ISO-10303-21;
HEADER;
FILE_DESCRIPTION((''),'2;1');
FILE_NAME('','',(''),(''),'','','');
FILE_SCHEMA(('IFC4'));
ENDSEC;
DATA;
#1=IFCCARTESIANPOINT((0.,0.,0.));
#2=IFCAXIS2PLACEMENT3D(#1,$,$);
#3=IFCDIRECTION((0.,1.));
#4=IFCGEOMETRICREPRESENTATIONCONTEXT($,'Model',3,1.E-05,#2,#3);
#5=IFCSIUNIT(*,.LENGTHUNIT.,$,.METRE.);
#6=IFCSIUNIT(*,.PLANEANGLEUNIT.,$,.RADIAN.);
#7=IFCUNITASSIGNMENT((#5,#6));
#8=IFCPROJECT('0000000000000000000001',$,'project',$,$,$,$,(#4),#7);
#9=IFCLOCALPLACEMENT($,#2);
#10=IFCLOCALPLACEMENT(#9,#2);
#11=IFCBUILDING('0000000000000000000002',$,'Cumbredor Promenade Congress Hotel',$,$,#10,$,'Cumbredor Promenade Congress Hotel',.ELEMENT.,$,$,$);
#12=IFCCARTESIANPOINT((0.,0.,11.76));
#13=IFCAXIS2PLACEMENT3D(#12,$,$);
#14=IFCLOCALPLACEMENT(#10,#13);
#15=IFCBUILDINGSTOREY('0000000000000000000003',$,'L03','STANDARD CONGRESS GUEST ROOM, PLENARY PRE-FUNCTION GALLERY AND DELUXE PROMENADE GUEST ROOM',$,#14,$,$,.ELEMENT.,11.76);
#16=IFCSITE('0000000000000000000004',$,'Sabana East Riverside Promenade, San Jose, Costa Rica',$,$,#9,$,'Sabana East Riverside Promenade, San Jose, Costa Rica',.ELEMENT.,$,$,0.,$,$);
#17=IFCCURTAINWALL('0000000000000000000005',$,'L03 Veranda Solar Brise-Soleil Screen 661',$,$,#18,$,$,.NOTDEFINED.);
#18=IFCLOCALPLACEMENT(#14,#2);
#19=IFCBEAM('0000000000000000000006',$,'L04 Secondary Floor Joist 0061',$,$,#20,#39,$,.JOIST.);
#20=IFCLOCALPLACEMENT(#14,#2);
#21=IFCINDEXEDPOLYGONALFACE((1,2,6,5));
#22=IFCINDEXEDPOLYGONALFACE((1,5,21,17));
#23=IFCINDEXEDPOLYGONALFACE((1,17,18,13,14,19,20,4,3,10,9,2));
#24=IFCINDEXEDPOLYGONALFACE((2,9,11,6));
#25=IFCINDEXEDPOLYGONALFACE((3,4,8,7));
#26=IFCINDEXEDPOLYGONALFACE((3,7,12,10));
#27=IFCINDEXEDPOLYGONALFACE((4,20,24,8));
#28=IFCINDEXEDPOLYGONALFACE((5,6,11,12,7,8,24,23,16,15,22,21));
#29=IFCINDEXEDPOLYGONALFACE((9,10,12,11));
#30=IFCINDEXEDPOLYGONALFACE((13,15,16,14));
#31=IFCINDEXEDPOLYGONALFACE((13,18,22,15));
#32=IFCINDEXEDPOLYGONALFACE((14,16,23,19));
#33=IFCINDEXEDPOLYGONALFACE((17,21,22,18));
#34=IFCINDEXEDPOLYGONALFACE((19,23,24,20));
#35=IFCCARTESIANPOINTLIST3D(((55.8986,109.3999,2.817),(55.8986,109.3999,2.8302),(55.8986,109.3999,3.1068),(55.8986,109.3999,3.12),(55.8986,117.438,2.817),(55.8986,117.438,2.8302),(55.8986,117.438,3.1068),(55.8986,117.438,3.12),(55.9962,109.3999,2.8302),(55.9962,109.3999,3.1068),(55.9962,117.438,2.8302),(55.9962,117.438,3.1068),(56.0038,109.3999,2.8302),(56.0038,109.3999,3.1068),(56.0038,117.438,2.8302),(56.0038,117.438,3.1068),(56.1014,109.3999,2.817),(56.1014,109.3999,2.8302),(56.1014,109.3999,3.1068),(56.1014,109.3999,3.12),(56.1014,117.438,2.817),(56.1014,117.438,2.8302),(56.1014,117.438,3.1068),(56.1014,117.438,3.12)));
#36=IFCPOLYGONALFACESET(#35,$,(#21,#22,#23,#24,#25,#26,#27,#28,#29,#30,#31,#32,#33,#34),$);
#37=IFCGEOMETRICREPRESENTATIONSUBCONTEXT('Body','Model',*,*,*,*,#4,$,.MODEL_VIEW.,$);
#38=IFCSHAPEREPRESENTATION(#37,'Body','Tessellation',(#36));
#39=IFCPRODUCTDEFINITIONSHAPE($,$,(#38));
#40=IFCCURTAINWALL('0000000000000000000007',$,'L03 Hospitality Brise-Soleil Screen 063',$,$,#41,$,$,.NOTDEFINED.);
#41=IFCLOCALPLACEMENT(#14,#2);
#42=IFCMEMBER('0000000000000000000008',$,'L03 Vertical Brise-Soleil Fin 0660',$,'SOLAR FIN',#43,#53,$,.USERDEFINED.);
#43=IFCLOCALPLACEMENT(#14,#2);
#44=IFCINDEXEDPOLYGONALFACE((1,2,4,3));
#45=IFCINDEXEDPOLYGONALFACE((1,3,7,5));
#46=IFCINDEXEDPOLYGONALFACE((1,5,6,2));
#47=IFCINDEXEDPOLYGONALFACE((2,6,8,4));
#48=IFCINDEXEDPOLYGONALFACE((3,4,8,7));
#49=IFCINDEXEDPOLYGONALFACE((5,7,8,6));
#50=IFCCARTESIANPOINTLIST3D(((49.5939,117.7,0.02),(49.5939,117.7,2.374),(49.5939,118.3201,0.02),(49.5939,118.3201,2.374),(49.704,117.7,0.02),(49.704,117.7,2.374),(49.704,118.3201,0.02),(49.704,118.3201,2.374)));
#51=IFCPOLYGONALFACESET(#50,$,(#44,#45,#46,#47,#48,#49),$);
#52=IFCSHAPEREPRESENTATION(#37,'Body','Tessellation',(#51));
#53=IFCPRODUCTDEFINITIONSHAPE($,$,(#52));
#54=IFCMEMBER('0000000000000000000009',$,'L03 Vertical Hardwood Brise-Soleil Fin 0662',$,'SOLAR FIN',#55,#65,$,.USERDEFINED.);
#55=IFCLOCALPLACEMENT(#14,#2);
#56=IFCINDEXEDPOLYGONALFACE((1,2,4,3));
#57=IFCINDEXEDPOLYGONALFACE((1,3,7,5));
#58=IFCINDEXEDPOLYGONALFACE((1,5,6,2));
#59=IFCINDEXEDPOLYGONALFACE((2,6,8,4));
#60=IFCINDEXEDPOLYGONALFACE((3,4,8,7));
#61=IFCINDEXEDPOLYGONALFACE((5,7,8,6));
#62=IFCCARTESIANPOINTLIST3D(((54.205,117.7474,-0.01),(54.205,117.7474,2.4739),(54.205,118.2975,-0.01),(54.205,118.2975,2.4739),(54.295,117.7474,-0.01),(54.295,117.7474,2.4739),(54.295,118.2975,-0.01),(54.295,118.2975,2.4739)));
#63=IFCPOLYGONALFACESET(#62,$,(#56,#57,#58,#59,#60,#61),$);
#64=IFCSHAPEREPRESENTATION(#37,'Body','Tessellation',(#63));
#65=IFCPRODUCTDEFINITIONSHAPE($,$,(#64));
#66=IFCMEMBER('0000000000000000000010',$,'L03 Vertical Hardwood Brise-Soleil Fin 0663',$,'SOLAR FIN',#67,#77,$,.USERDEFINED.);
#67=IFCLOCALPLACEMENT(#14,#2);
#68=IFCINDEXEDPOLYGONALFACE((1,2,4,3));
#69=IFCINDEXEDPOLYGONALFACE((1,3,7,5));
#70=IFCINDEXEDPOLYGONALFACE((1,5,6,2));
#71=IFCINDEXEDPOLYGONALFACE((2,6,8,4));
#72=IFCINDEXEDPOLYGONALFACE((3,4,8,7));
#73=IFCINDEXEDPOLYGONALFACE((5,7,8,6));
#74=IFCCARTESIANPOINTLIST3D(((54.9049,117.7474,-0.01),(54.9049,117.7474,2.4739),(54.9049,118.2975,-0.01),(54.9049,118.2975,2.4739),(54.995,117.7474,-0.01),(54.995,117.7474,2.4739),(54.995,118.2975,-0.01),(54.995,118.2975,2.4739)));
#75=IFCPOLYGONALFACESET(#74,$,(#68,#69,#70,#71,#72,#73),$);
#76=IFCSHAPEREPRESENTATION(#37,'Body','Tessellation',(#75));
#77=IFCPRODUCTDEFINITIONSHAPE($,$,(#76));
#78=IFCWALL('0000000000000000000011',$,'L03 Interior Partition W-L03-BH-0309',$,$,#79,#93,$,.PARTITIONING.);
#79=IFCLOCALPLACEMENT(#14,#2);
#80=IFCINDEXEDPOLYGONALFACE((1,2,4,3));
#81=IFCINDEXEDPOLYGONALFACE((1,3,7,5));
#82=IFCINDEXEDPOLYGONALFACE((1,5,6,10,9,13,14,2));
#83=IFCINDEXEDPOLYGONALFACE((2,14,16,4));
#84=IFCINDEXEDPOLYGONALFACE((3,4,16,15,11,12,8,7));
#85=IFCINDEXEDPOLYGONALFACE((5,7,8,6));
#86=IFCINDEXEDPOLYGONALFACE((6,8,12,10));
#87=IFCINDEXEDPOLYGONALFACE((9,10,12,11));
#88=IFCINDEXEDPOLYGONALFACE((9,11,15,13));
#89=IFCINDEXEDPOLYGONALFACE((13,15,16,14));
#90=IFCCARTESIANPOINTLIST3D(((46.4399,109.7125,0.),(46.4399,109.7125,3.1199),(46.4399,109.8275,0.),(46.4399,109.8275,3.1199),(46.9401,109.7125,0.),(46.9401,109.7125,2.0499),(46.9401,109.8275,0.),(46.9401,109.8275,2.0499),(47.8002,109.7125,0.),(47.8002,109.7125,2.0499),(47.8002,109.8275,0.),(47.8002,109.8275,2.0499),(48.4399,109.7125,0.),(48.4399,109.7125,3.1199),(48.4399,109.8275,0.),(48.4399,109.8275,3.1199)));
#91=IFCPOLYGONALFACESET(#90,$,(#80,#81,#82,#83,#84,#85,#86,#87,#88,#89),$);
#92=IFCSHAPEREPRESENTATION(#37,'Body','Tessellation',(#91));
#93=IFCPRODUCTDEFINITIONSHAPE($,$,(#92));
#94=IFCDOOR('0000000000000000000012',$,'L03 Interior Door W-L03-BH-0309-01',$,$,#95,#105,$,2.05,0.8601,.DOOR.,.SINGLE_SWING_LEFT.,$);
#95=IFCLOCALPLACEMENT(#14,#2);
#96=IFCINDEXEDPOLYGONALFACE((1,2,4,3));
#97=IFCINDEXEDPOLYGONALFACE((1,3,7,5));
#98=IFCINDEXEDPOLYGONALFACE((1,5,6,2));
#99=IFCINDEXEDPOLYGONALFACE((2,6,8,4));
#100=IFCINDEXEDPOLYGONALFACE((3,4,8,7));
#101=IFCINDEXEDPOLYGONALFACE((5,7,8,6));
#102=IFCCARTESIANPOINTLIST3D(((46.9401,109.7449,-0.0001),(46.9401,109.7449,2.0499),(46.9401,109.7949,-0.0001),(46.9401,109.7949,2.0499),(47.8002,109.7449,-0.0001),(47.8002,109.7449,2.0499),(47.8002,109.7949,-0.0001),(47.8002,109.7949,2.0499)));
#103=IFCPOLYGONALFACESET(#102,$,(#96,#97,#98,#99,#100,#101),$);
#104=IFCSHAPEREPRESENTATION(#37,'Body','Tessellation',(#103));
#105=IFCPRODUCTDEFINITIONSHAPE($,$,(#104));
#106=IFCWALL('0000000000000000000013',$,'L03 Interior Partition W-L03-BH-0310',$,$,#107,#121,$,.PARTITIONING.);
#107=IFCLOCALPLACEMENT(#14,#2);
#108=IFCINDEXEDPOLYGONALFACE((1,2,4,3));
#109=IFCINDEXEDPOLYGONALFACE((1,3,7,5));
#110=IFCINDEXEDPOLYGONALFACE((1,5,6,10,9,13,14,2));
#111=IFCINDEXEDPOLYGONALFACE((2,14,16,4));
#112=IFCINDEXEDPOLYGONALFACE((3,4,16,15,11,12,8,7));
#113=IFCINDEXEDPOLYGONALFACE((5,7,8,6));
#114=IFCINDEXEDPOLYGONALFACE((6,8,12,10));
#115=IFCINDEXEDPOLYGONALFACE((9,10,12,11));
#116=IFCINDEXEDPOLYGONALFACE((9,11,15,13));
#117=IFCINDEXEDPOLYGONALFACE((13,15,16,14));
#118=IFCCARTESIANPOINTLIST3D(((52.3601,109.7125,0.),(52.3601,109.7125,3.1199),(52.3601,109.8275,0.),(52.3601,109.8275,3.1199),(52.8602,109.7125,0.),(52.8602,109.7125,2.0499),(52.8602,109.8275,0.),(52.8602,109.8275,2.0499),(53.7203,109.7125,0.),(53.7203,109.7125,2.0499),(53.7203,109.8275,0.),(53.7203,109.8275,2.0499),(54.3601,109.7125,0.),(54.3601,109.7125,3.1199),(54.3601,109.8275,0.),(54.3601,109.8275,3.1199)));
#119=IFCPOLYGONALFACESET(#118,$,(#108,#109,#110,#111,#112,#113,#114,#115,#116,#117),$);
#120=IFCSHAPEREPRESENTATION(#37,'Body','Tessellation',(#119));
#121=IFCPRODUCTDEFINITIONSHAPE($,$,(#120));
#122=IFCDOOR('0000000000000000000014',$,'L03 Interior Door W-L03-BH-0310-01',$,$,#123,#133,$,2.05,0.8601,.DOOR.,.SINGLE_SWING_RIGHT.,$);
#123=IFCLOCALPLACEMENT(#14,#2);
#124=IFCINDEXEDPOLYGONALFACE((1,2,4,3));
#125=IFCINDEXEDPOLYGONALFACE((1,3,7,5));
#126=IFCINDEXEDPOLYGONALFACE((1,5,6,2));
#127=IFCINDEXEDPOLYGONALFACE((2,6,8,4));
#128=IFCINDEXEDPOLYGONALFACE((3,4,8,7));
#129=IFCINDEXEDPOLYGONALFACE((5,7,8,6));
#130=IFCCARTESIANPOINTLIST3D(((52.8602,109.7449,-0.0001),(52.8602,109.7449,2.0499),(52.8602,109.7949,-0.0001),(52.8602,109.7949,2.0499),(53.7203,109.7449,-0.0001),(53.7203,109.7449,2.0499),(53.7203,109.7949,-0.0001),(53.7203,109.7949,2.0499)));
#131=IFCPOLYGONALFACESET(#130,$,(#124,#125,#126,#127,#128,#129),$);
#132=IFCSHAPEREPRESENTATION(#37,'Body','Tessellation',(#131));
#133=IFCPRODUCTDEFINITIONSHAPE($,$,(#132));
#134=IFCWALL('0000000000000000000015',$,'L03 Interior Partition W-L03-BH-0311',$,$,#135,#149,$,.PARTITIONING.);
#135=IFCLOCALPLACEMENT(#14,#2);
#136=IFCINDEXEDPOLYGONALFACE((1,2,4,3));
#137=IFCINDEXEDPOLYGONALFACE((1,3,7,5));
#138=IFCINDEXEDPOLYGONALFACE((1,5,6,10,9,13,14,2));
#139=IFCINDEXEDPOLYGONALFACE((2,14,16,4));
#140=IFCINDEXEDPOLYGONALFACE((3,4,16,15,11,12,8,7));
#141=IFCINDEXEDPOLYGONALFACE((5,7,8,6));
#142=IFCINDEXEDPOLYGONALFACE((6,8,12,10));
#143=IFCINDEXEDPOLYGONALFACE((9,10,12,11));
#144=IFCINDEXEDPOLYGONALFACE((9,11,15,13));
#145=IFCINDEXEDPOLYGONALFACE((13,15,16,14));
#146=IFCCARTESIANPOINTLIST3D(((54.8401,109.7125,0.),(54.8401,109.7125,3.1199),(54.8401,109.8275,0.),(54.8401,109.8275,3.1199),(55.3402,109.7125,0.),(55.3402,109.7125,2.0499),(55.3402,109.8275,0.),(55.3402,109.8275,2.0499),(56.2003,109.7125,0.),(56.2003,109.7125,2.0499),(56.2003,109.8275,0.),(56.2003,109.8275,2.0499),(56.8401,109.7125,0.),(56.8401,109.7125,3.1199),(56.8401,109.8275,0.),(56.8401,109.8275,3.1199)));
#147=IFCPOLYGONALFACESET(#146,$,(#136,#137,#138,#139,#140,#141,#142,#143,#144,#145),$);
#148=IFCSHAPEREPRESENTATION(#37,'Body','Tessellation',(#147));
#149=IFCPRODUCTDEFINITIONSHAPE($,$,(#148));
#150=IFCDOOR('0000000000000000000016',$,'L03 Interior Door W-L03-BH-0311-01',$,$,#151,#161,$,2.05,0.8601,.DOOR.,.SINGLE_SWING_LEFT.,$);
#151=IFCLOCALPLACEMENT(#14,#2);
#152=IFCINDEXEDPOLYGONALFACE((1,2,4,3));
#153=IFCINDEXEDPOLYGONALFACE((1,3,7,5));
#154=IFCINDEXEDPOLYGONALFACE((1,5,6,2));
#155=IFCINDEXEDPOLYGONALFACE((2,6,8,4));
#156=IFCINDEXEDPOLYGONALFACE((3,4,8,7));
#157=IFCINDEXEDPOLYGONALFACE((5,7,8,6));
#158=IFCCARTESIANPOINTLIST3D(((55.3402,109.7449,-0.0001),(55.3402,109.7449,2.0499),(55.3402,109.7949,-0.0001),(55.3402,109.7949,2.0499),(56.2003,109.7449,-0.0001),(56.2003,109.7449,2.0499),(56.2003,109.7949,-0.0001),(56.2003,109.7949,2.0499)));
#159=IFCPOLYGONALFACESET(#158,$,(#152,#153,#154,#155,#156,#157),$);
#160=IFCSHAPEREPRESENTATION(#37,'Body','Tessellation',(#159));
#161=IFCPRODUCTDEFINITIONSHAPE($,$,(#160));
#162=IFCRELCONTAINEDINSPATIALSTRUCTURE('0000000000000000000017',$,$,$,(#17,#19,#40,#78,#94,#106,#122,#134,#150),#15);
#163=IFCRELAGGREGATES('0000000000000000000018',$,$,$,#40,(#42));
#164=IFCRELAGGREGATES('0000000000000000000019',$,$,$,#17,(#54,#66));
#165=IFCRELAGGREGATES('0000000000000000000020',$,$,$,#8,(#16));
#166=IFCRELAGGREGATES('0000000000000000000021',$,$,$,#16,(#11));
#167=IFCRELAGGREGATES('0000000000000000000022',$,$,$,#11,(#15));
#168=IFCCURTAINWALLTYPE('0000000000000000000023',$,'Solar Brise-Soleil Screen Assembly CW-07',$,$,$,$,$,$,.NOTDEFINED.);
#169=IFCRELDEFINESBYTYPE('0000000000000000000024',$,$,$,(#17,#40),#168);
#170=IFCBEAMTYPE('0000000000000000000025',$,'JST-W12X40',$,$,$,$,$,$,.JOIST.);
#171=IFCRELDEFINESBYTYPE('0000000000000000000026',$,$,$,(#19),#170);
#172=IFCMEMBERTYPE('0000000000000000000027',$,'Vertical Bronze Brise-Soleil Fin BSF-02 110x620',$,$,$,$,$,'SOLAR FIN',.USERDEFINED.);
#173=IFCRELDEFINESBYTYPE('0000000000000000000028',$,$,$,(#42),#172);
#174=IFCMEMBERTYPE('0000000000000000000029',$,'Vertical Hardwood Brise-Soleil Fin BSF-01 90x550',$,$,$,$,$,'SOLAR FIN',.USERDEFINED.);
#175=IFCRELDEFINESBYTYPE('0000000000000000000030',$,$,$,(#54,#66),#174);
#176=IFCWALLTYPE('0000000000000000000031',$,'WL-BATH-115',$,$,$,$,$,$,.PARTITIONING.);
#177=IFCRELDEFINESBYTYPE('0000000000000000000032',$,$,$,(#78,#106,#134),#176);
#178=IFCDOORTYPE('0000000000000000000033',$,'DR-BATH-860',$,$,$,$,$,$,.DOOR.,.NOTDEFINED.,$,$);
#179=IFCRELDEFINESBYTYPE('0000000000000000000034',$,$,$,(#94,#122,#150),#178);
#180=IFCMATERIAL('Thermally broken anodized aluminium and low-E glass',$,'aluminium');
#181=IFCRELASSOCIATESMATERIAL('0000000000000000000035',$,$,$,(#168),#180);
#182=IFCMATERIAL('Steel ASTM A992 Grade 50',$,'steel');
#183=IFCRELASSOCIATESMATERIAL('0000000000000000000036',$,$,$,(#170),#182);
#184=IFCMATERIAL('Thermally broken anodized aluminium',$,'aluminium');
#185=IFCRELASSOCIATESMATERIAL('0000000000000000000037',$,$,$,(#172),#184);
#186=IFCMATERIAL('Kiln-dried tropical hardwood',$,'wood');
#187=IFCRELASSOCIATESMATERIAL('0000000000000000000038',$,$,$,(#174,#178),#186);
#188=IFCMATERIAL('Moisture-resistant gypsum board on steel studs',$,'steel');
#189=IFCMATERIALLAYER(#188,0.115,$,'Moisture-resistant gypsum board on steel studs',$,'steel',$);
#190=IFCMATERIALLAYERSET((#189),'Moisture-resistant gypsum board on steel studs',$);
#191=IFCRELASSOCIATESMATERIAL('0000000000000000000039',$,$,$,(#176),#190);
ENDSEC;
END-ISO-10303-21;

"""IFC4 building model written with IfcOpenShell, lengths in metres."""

from ifc_helpers import new_model, si_unit, direction, frame, frame_2d, origin, origin_2d, place, context, subcontext, project, spatial, rectangle, i_section, extrude, material, layer, layer_set, material_profile, profile_set, type_object, element, fill, aggregate, save


model = new_model("IFC4")

# Units and contexts
model_context = context("Model", 3, precision=1e-05, world=origin(), true_north=direction((0.0, 1.0)))
body_context = subcontext(model_context, "Body", "Model", "MODEL_VIEW")
ifc_project = project(units=[si_unit("LENGTHUNIT", "METRE"), si_unit("PLANEANGLEUNIT", "RADIAN")], contexts=[model_context])

# Site, building, storey
site_placement = place(None, origin())
site = spatial("IfcSite", under=ifc_project, at=site_placement, Name="Sabana East Riverside Promenade, San Jose, Costa Rica", LongName="Sabana East Riverside Promenade, San Jose, Costa Rica", CompositionType="ELEMENT", RefElevation=0.0)
building_placement = place(site_placement, origin())
building = spatial("IfcBuilding", under=site, at=building_placement, Name="Cumbredor Promenade Congress Hotel", LongName="Cumbredor Promenade Congress Hotel", CompositionType="ELEMENT")
storey_placement = place(building_placement, frame((0.0, 0.0, 11.76)))
storey = spatial("IfcBuildingStorey", under=building, at=storey_placement, Name="L03", Description="STANDARD CONGRESS GUEST ROOM, PLENARY PRE-FUNCTION GALLERY AND DELUXE PROMENADE GUEST ROOM", CompositionType="ELEMENT", Elevation=11.76)

# Shared definitions
ifc_material_1 = material(Name="Steel ASTM A992 Grade 50", Category="steel")

# Curtain wall
ifc_material_2 = material(Name="Thermally broken anodized aluminium and low-E glass", Category="aluminium")
curtain_wall_type = type_object("IfcCurtainWallType", Name="Solar Brise-Soleil Screen Assembly CW-07", PredefinedType="NOTDEFINED", material=ifc_material_2)
curtain_wall_1_placement = place(storey_placement, origin())
curtain_wall_1 = element("IfcCurtainWall", 1, at=curtain_wall_1_placement, inside=storey, type_object=curtain_wall_type, Name="L03 Veranda Solar Brise-Soleil Screen 661", PredefinedType="NOTDEFINED")
ifc_material_3 = material(Name="Thermally broken anodized aluminium", Category="aluminium")

# Beam
ifc_material_profile_1 = material_profile(ifc_material_1, i_section(OverallWidth=0.2029, OverallDepth=0.303, WebThickness=0.0076, FlangeThickness=0.0132, at=origin_2d()), Name="W12X40")
ifc_profile_set_1 = profile_set([ifc_material_profile_1], Name="Steel ASTM A992 Grade 50")
beam_type_1 = type_object("IfcBeamType", Name="JST-W12X40", PredefinedType="JOIST", material=ifc_profile_set_1)
for number, where, z_axis, x_axis, name in (
    (2, (56.0, 109.3999, 2.9685), (0.0, 1.0, 0.0), (-1.0, 0.0, 0.0), "L04 Secondary Floor Joist 0061"),
):
    element("IfcBeam", number, at=place(storey_placement, frame(where, z_axis=z_axis, x_axis=x_axis)), inside=storey, type_object=beam_type_1, Name=name, PredefinedType="JOIST", context=body_context, shape_type="SweptSolid", body=[
        extrude(i_section(OverallWidth=0.2029, OverallDepth=0.303, WebThickness=0.0076, FlangeThickness=0.0132, at=origin_2d()), origin(), (0.0, 0.0, 1.0), 8.0381),
    ])

# Curtain wall, member
curtain_wall_2_placement = place(storey_placement, origin())
curtain_wall_2 = element("IfcCurtainWall", 3, at=curtain_wall_2_placement, inside=storey, type_object=curtain_wall_type, Name="L03 Hospitality Brise-Soleil Screen 063", PredefinedType="NOTDEFINED")
ifc_material_profile_2 = material_profile(ifc_material_3, rectangle(XDim=0.1101, YDim=0.6201, at=origin_2d()), Name="ARCH FIN 110x620")
ifc_profile_set_2 = profile_set([ifc_material_profile_2], Name="Thermally broken anodized aluminium")
member_type_1 = type_object("IfcMemberType", Name="Vertical Bronze Brise-Soleil Fin BSF-02 110x620", ElementType="SOLAR FIN", PredefinedType="USERDEFINED", material=ifc_profile_set_2)
member_1_placement = place(storey_placement, frame((49.6489, 118.01, 0.02), z_axis=(0.0, 0.0, 1.0), x_axis=(1.0, 0.0, 0.0)))
member_1 = element("IfcMember", 4, at=member_1_placement, type_object=member_type_1, Name="L03 Vertical Brise-Soleil Fin 0660", ObjectType="SOLAR FIN", PredefinedType="USERDEFINED", context=body_context, shape_type="SweptSolid", body=[
    extrude(rectangle(XDim=0.1101, YDim=0.6201, at=origin_2d()), origin(), (0.0, 0.0, 1.0), 2.354),
])
aggregate(curtain_wall_2, [member_1])

# Members
ifc_material_4 = material(Name="Kiln-dried tropical hardwood", Category="wood")
ifc_material_profile_3 = material_profile(ifc_material_4, rectangle(XDim=0.0901, YDim=0.55, at=origin_2d()), Name="ARCH FIN 90x550")
ifc_profile_set_3 = profile_set([ifc_material_profile_3], Name="Kiln-dried tropical hardwood")
member_type_2 = type_object("IfcMemberType", Name="Vertical Hardwood Brise-Soleil Fin BSF-01 90x550", ElementType="SOLAR FIN", PredefinedType="USERDEFINED", material=ifc_profile_set_3)
member_2_placement = place(storey_placement, frame((54.25, 118.0225, -0.01), z_axis=(0.0, 0.0, 1.0), x_axis=(1.0, 0.0, 0.0)))
member_2 = element("IfcMember", 5, at=member_2_placement, type_object=member_type_2, Name="L03 Vertical Hardwood Brise-Soleil Fin 0662", ObjectType="SOLAR FIN", PredefinedType="USERDEFINED", context=body_context, shape_type="SweptSolid", body=[
    extrude(rectangle(XDim=0.0901, YDim=0.55, at=origin_2d()), origin(), (0.0, 0.0, 1.0), 2.4839),
])
member_3_placement = place(storey_placement, frame((54.95, 118.0225, -0.01), z_axis=(0.0, 0.0, 1.0), x_axis=(1.0, 0.0, 0.0)))
member_3 = element("IfcMember", 6, at=member_3_placement, type_object=member_type_2, Name="L03 Vertical Hardwood Brise-Soleil Fin 0663", ObjectType="SOLAR FIN", PredefinedType="USERDEFINED", context=body_context, shape_type="SweptSolid", body=[
    extrude(rectangle(XDim=0.0901, YDim=0.55, at=origin_2d()), origin(), (0.0, 0.0, 1.0), 2.4839),
])
aggregate(curtain_wall_1, [member_2, member_3])

# Walls, openings, doors
ifc_material_5 = material(Name="Moisture-resistant gypsum board on steel studs", Category="steel")
ifc_layer_1 = layer(ifc_material_5, 0.115, Name="Moisture-resistant gypsum board on steel studs", Category="steel")
ifc_layer_set_1 = layer_set([ifc_layer_1], Name="Moisture-resistant gypsum board on steel studs")
wall_type_1 = type_object("IfcWallType", Name="WL-BATH-115", PredefinedType="PARTITIONING", material=ifc_layer_set_1)
wall_1_placement = place(storey_placement, frame((46.4399, 109.77, 0.0), z_axis=(0.0, 0.0, 1.0), x_axis=(1.0, 0.0, 0.0)))
wall_1 = element("IfcWall", 7, at=wall_1_placement, inside=storey, type_object=wall_type_1, Name="L03 Interior Partition W-L03-BH-0309", PredefinedType="PARTITIONING", context=body_context, shape_type="SweptSolid", body=[
    extrude(rectangle(XDim=2.0, YDim=0.115, at=frame_2d((1.0, 0.0))), origin(), (0.0, 0.0, 1.0), 3.1199),
])
opening_1_placement = place(wall_1_placement, frame((0.5, 0.0, 0.0)))
opening_1 = element("IfcOpeningElement", 8, at=opening_1_placement, cuts=wall_1, PredefinedType="OPENING", context=body_context, shape_type="SweptSolid", body=[
    extrude(rectangle(XDim=0.8601, YDim=2.05, at=frame_2d((0.4302, 1.0249))), frame((0.0, 0.0674, 0.0), z_axis=(0.0, -1.0, 0.0), x_axis=(1.0, 0.0, 0.0)), (0.0, 0.0, 1.0), 0.135),
])
door_type_1 = type_object("IfcDoorType", Name="DR-BATH-860", OperationType="NOTDEFINED", PredefinedType="DOOR", material=ifc_material_4)
door_1_placement = place(opening_1_placement, origin())
door_1 = element("IfcDoor", 9, at=door_1_placement, inside=storey, type_object=door_type_1, Name="L03 Interior Door W-L03-BH-0309-01", OperationType="SINGLE_SWING_LEFT", OverallHeight=2.05, OverallWidth=0.8601, PredefinedType="DOOR", context=body_context, shape_type="SweptSolid", body=[
    extrude(rectangle(XDim=0.8601, YDim=2.05, at=frame_2d((0.4302, 1.0249))), frame((0.0, 0.0249, 0.0), z_axis=(0.0, -1.0, 0.0), x_axis=(1.0, 0.0, 0.0)), (0.0, 0.0, 1.0), 0.05),
])
fill(opening_1, door_1)
wall_2_placement = place(storey_placement, frame((52.3601, 109.77, 0.0), z_axis=(0.0, 0.0, 1.0), x_axis=(1.0, 0.0, 0.0)))
wall_2 = element("IfcWall", 10, at=wall_2_placement, inside=storey, type_object=wall_type_1, Name="L03 Interior Partition W-L03-BH-0310", PredefinedType="PARTITIONING", context=body_context, shape_type="SweptSolid", body=[
    extrude(rectangle(XDim=2.0, YDim=0.115, at=frame_2d((1.0, 0.0))), origin(), (0.0, 0.0, 1.0), 3.1199),
])
opening_2_placement = place(wall_2_placement, frame((0.5, 0.0, 0.0)))
opening_2 = element("IfcOpeningElement", 11, at=opening_2_placement, cuts=wall_2, PredefinedType="OPENING", context=body_context, shape_type="SweptSolid", body=[
    extrude(rectangle(XDim=0.8601, YDim=2.05, at=frame_2d((0.4302, 1.0249))), frame((0.0, 0.0674, 0.0), z_axis=(0.0, -1.0, 0.0), x_axis=(1.0, 0.0, 0.0)), (0.0, 0.0, 1.0), 0.135),
])
door_2_placement = place(opening_2_placement, origin())
door_2 = element("IfcDoor", 12, at=door_2_placement, inside=storey, type_object=door_type_1, Name="L03 Interior Door W-L03-BH-0310-01", OperationType="SINGLE_SWING_RIGHT", OverallHeight=2.05, OverallWidth=0.8601, PredefinedType="DOOR", context=body_context, shape_type="SweptSolid", body=[
    extrude(rectangle(XDim=0.8601, YDim=2.05, at=frame_2d((0.4302, 1.0249))), frame((0.0, 0.0249, 0.0), z_axis=(0.0, -1.0, 0.0), x_axis=(1.0, 0.0, 0.0)), (0.0, 0.0, 1.0), 0.05),
])
fill(opening_2, door_2)
wall_3_placement = place(storey_placement, frame((54.8401, 109.77, 0.0), z_axis=(0.0, 0.0, 1.0), x_axis=(1.0, 0.0, 0.0)))
wall_3 = element("IfcWall", 13, at=wall_3_placement, inside=storey, type_object=wall_type_1, Name="L03 Interior Partition W-L03-BH-0311", PredefinedType="PARTITIONING", context=body_context, shape_type="SweptSolid", body=[
    extrude(rectangle(XDim=2.0, YDim=0.115, at=frame_2d((1.0, 0.0))), origin(), (0.0, 0.0, 1.0), 3.1199),
])
opening_3_placement = place(wall_3_placement, frame((0.5, 0.0, 0.0)))
opening_3 = element("IfcOpeningElement", 14, at=opening_3_placement, cuts=wall_3, PredefinedType="OPENING", context=body_context, shape_type="SweptSolid", body=[
    extrude(rectangle(XDim=0.8601, YDim=2.05, at=frame_2d((0.4302, 1.0249))), frame((0.0, 0.0674, 0.0), z_axis=(0.0, -1.0, 0.0), x_axis=(1.0, 0.0, 0.0)), (0.0, 0.0, 1.0), 0.135),
])
door_3_placement = place(opening_3_placement, origin())
door_3 = element("IfcDoor", 15, at=door_3_placement, inside=storey, type_object=door_type_1, Name="L03 Interior Door W-L03-BH-0311-01", OperationType="SINGLE_SWING_LEFT", OverallHeight=2.05, OverallWidth=0.8601, PredefinedType="DOOR", context=body_context, shape_type="SweptSolid", body=[
    extrude(rectangle(XDim=0.8601, YDim=2.05, at=frame_2d((0.4302, 1.0249))), frame((0.0, 0.0249, 0.0), z_axis=(0.0, -1.0, 0.0), x_axis=(1.0, 0.0, 0.0)), (0.0, 0.0, 1.0), 0.05),
])
fill(opening_3, door_3)

save(model, "model.ifc")
